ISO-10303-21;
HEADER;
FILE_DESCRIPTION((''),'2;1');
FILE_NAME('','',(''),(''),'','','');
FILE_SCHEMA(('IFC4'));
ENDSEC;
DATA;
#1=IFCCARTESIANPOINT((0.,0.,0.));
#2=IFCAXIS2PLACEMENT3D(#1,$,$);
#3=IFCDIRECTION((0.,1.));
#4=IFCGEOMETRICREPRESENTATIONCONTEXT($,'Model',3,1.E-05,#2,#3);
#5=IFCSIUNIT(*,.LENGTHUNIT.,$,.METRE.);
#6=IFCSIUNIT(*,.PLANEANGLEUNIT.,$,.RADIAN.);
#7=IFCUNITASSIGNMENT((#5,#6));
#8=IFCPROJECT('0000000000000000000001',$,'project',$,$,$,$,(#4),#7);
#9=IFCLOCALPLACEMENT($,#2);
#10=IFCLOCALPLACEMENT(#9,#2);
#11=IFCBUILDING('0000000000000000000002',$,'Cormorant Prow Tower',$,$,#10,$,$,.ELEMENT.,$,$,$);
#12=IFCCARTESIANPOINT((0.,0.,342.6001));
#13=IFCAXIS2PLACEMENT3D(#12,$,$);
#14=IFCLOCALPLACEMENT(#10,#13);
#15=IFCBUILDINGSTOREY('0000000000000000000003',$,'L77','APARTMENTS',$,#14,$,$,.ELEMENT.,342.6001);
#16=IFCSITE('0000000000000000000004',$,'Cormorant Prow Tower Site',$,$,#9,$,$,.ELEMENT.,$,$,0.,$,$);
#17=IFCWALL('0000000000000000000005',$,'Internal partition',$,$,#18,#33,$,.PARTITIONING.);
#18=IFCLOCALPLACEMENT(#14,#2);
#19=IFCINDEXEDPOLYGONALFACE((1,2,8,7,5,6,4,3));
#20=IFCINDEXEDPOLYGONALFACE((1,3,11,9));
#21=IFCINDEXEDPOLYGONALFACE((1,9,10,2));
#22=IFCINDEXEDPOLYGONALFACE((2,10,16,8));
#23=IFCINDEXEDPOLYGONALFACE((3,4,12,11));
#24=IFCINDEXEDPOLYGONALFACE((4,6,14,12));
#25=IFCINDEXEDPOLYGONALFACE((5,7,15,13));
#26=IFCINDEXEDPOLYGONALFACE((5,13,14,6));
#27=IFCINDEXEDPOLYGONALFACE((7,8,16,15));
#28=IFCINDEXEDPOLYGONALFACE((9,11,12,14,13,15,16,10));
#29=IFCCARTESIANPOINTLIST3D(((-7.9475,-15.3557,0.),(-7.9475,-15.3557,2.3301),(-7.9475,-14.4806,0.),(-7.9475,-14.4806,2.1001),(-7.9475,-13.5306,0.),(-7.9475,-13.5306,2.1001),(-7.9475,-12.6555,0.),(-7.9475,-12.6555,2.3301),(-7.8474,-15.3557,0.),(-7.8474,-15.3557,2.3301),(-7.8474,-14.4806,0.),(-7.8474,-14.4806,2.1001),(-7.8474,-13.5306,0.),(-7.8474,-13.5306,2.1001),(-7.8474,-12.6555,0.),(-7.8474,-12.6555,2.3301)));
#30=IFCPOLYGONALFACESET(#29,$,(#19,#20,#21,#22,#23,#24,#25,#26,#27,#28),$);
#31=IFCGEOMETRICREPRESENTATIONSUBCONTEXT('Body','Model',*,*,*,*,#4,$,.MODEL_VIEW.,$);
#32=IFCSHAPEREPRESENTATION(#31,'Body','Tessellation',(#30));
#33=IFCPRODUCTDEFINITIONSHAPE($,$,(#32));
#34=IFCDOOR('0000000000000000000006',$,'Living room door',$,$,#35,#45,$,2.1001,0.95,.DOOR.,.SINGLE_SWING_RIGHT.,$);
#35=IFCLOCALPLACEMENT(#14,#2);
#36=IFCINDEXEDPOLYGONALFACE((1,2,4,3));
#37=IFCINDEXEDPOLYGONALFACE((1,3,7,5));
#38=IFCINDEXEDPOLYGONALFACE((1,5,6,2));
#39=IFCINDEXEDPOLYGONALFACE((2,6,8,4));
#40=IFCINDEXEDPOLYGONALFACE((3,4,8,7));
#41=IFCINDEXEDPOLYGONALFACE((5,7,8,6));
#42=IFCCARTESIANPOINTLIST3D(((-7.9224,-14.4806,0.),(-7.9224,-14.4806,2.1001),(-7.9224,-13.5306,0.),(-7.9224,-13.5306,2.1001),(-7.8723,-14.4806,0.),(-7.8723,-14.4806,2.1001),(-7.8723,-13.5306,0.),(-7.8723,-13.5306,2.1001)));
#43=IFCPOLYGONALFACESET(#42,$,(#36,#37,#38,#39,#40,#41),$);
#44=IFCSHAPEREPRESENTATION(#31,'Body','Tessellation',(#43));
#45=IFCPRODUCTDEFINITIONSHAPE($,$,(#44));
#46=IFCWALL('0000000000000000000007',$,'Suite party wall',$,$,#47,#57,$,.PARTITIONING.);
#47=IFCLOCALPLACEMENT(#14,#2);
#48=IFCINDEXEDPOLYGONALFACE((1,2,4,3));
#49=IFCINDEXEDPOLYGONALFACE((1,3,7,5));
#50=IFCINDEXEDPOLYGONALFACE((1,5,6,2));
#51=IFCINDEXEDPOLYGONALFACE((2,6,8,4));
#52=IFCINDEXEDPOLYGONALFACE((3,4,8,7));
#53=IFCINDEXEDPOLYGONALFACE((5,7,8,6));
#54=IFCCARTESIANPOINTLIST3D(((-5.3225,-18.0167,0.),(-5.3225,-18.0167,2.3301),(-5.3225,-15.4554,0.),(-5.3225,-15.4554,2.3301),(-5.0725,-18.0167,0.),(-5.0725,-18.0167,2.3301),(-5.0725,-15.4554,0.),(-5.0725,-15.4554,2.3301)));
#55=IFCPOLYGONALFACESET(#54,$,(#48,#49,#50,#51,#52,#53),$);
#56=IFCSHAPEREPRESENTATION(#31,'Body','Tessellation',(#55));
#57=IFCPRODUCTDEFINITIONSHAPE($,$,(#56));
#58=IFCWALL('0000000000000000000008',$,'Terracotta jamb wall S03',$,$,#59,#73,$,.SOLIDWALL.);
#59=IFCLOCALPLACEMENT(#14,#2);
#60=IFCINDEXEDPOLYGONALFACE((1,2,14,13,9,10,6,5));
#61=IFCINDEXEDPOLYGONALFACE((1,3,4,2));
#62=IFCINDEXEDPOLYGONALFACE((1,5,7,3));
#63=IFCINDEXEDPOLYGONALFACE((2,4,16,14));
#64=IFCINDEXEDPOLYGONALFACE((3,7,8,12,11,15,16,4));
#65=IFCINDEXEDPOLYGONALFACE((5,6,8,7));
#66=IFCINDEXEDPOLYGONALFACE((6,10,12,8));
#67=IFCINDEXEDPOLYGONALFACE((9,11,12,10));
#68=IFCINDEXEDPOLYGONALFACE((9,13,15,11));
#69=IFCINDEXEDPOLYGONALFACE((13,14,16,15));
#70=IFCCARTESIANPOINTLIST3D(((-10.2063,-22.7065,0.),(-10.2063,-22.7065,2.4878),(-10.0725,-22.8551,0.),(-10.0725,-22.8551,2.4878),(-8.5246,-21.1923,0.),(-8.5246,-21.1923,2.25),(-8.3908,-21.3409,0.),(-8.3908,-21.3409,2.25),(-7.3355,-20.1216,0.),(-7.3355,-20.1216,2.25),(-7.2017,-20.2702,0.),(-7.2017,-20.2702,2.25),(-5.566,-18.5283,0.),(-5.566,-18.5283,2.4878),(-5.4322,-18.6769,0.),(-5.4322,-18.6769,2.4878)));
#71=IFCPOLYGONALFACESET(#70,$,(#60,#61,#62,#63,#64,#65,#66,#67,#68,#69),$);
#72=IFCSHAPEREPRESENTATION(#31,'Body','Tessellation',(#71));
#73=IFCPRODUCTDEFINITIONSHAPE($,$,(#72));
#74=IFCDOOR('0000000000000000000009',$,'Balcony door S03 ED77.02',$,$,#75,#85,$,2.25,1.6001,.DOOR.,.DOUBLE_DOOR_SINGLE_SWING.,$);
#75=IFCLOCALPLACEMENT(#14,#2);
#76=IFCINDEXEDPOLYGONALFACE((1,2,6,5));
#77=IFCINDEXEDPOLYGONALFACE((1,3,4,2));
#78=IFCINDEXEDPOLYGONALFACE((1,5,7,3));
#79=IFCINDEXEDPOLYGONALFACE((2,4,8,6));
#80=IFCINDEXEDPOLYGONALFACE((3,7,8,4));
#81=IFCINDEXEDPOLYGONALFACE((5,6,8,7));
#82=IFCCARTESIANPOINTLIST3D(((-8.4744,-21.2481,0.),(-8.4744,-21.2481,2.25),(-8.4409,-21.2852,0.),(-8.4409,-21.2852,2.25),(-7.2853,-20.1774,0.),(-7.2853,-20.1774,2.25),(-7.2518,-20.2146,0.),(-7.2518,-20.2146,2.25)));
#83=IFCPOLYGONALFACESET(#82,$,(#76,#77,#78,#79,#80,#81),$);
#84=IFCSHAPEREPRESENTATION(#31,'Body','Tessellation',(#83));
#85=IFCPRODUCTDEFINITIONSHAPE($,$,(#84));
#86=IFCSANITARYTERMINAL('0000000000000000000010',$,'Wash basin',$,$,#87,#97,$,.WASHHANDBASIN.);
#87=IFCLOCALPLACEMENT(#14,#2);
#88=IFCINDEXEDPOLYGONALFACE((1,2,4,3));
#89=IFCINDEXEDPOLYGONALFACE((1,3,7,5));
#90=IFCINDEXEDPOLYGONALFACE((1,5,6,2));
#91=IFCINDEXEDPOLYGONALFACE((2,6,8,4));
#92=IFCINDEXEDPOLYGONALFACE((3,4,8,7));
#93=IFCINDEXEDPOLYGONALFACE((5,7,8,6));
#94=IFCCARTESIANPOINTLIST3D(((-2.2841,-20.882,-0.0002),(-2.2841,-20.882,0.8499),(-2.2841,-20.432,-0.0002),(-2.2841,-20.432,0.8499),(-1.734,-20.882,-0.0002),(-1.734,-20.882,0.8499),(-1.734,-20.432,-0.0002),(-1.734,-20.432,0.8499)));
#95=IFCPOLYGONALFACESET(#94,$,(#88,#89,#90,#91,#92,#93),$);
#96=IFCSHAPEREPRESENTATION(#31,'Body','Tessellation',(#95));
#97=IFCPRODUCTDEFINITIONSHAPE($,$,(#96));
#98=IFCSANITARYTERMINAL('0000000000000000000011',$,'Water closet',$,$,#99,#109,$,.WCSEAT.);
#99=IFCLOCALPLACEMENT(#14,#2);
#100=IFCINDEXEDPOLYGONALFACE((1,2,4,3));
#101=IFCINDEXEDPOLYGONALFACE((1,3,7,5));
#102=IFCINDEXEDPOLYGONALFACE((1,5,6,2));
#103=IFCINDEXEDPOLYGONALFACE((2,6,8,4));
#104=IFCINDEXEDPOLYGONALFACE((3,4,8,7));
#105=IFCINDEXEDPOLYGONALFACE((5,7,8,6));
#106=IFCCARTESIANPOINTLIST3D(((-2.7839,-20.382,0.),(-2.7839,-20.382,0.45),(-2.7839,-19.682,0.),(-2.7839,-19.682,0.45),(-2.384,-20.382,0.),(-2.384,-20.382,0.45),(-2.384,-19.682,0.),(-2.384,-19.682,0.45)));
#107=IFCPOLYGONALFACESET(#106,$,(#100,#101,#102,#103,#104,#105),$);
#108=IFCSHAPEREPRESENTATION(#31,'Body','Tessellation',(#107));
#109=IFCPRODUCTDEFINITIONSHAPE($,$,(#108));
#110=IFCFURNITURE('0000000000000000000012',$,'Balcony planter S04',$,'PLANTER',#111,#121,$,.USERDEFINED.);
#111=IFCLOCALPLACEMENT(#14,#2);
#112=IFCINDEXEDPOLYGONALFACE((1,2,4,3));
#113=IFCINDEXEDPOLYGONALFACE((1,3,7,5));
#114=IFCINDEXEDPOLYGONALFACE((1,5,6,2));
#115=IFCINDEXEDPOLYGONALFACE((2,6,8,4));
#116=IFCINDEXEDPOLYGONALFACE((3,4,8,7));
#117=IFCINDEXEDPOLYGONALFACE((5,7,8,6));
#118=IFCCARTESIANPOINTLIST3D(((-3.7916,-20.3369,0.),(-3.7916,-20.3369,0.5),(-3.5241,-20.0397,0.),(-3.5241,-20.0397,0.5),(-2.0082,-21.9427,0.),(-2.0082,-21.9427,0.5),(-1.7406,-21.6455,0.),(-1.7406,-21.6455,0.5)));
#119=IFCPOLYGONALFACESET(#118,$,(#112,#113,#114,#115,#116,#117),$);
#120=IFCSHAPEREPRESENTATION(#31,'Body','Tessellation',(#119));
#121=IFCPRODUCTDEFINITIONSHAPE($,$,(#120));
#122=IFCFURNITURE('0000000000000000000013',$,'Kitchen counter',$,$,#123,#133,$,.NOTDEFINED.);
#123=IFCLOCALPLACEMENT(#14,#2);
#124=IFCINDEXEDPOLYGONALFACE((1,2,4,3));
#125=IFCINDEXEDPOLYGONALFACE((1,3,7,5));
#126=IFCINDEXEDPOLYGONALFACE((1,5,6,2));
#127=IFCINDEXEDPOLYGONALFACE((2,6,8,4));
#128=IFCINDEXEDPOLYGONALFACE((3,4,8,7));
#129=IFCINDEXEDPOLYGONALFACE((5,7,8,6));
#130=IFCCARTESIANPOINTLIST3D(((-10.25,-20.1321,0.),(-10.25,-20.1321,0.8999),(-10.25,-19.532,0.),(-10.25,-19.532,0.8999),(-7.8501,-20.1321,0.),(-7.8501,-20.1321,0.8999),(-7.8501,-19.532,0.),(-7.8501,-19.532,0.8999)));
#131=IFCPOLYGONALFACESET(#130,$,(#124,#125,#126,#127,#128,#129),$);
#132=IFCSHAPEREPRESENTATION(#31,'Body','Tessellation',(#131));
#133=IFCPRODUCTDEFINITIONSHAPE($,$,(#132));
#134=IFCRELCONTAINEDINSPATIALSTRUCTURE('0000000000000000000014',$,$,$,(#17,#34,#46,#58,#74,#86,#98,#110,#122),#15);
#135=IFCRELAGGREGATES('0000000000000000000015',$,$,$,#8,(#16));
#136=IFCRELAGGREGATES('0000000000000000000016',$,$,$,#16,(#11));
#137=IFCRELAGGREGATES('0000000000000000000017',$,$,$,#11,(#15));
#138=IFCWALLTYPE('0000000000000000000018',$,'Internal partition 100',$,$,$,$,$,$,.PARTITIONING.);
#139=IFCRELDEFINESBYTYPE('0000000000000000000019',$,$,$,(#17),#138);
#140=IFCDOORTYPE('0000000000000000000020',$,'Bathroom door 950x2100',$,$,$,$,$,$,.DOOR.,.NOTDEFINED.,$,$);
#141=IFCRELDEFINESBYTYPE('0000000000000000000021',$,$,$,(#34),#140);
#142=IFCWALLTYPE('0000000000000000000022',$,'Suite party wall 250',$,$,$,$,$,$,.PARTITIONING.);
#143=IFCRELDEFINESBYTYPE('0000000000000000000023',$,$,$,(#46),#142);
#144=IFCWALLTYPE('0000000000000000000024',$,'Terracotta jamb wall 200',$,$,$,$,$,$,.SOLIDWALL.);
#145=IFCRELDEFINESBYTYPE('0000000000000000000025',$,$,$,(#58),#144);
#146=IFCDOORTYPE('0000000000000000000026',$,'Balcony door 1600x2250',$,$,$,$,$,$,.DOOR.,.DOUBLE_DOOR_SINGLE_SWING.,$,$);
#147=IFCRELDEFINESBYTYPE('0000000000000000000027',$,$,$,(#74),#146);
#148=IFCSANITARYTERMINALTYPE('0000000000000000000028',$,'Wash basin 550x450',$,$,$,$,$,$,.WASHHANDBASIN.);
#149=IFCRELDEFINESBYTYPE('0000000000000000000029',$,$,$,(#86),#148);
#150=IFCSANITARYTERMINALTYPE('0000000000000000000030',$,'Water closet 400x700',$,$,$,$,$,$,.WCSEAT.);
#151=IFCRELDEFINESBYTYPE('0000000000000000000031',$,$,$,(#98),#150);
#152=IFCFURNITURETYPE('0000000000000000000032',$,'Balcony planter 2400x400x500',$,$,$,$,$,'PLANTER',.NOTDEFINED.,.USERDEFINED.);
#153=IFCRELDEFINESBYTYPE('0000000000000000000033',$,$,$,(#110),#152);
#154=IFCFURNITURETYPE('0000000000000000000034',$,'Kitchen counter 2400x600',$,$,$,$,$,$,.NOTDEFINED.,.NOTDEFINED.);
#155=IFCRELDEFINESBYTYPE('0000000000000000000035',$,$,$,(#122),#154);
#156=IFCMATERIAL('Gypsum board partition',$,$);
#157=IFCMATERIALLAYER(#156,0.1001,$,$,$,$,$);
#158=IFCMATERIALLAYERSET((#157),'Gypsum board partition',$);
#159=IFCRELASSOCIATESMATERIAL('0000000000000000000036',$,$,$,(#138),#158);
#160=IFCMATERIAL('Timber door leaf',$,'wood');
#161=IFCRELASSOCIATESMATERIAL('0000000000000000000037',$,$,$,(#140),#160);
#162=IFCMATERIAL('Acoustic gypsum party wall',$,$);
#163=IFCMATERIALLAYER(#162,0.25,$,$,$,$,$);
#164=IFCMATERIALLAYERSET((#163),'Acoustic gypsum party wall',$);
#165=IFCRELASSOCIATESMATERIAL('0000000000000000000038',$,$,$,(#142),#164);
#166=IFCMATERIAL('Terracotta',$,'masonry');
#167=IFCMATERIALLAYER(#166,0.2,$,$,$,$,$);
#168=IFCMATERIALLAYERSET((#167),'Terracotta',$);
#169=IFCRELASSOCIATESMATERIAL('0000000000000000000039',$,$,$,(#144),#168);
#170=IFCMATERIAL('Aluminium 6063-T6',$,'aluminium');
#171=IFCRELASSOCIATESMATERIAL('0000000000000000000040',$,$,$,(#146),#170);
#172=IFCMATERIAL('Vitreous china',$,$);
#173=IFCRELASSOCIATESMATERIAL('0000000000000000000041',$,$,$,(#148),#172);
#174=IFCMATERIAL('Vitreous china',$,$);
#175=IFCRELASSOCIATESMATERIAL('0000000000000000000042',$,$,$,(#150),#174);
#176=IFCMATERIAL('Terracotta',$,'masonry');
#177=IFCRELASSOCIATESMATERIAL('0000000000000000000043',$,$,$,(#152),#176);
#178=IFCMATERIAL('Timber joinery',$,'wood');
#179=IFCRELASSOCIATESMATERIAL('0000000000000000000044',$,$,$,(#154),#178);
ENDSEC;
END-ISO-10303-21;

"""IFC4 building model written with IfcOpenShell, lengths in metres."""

from ifc_helpers import new_model, si_unit, direction, frame, frame_2d, origin, origin_2d, place, context, subcontext, project, spatial, rectangle, extrude, material, layer, layer_set, type_object, element, fill, save


model = new_model("IFC4")

# Units and contexts
model_context = context("Model", 3, precision=1e-05, world=origin(), true_north=direction((0.0, 1.0)))
body_context = subcontext(model_context, "Body", "Model", "MODEL_VIEW")
ifc_project = project(units=[si_unit("LENGTHUNIT", "METRE"), si_unit("PLANEANGLEUNIT", "RADIAN")], contexts=[model_context])

# Site, building, storey
site_placement = place(None, origin())
site = spatial("IfcSite", under=ifc_project, at=site_placement, Name="Cormorant Prow Tower Site", CompositionType="ELEMENT", RefElevation=0.0)
building_placement = place(site_placement, origin())
building = spatial("IfcBuilding", under=site, at=building_placement, Name="Cormorant Prow Tower", CompositionType="ELEMENT")
storey_placement = place(building_placement, frame((0.0, 0.0, 342.6001)))
storey = spatial("IfcBuildingStorey", under=building, at=storey_placement, Name="L77", Description="APARTMENTS", CompositionType="ELEMENT", Elevation=342.6001)

# Shared definitions
ifc_material_1 = material(Name="Gypsum board partition")
ifc_layer_1 = layer(ifc_material_1, 0.1001)
ifc_layer_set_1 = layer_set([ifc_layer_1], Name="Gypsum board partition")
wall_type_1 = type_object("IfcWallType", Name="Internal partition 100", PredefinedType="PARTITIONING", material=ifc_layer_set_1)
ifc_material_2 = material(Name="Timber door leaf", Category="wood")
door_type_1 = type_object("IfcDoorType", Name="Bathroom door 950x2100", OperationType="NOTDEFINED", PredefinedType="DOOR", material=ifc_material_2)

# Wall, opening, door
wall_1_placement = place(storey_placement, frame((-7.8975, -15.3557, 0.0), z_axis=(0.0, 0.0, 1.0), x_axis=(0.0, 1.0, 0.0)))
wall_1 = element("IfcWall", 1, at=wall_1_placement, inside=storey, type_object=wall_type_1, Name="Internal partition", PredefinedType="PARTITIONING", context=body_context, shape_type="SweptSolid", body=[
    extrude(rectangle(XDim=2.7002, YDim=0.1001, at=frame_2d((1.3501, 0.0))), origin(), (0.0, 0.0, 1.0), 2.3301),
])
opening_1_placement = place(wall_1_placement, frame((0.875, 0.0, 0.0)))
opening_1 = element("IfcOpeningElement", 2, at=opening_1_placement, cuts=wall_1, PredefinedType="OPENING", context=body_context, shape_type="SweptSolid", body=[
    extrude(rectangle(XDim=0.95, YDim=2.1001, at=frame_2d((0.4751, 1.05))), frame((0.0, 0.0601, 0.0), z_axis=(0.0, -1.0, 0.0), x_axis=(1.0, 0.0, 0.0)), (0.0, 0.0, 1.0), 0.1201),
])
door_1_placement = place(opening_1_placement, origin())
door_1 = element("IfcDoor", 3, at=door_1_placement, inside=storey, type_object=door_type_1, Name="Living room door", OperationType="SINGLE_SWING_RIGHT", OverallHeight=2.1001, OverallWidth=0.95, PredefinedType="DOOR", context=body_context, shape_type="SweptSolid", body=[
    extrude(rectangle(XDim=0.95, YDim=2.1001, at=frame_2d((0.4751, 1.05))), frame((0.0, 0.0249, 0.0), z_axis=(0.0, -1.0, 0.0), x_axis=(1.0, 0.0, 0.0)), (0.0, 0.0, 1.0), 0.05),
])
fill(opening_1, door_1)

# Wall
ifc_material_3 = material(Name="Acoustic gypsum party wall")
ifc_layer_2 = layer(ifc_material_3, 0.25)
ifc_layer_set_2 = layer_set([ifc_layer_2], Name="Acoustic gypsum party wall")
wall_type_2 = type_object("IfcWallType", Name="Suite party wall 250", PredefinedType="PARTITIONING", material=ifc_layer_set_2)
wall_2_placement = place(storey_placement, frame((-5.1975, -18.0168, 0.0), z_axis=(0.0, 0.0, 1.0), x_axis=(0.0, 1.0, 0.0)))
element("IfcWall", 4, at=wall_2_placement, inside=storey, type_object=wall_type_2, Name="Suite party wall", PredefinedType="PARTITIONING", context=body_context, shape_type="SweptSolid", body=[
    extrude(rectangle(XDim=2.5613, YDim=0.25, at=frame_2d((1.2808, 0.0))), origin(), (0.0, 0.0, 1.0), 2.3301),
])

# Wall, opening, door
ifc_material_4 = material(Name="Terracotta", Category="masonry")
ifc_layer_3 = layer(ifc_material_4, 0.2)
ifc_layer_set_3 = layer_set([ifc_layer_3], Name="Terracotta")
wall_type_3 = type_object("IfcWallType", Name="Terracotta jamb wall 200", PredefinedType="SOLIDWALL", material=ifc_layer_set_3)
wall_3_placement = place(storey_placement, frame((-10.1394, -22.7808, 0.0), z_axis=(0.0, 0.0, 1.0), x_axis=(0.743144, 0.669131, 0.0)))
wall_3 = element("IfcWall", 5, at=wall_3_placement, inside=storey, type_object=wall_type_3, Name="Terracotta jamb wall S03", PredefinedType="SOLIDWALL", context=body_context, shape_type="SweptSolid", body=[
    extrude(rectangle(XDim=6.2441, YDim=0.2, at=frame_2d((3.1221, 0.0))), origin(), (0.0, 0.0, 1.0), 2.4878),
])
opening_2_placement = place(wall_3_placement, frame((2.2629, 0.0, 0.0)))
opening_2 = element("IfcOpeningElement", 6, at=opening_2_placement, cuts=wall_3, PredefinedType="OPENING", context=body_context, shape_type="SweptSolid", body=[
    extrude(rectangle(XDim=1.6001, YDim=2.25, at=frame_2d((0.8, 1.125))), frame((0.0, 0.1099, 0.0), z_axis=(0.0, -1.0, 0.0), x_axis=(1.0, 0.0, 0.0)), (0.0, 0.0, 1.0), 0.22),
])
ifc_material_5 = material(Name="Aluminium 6063-T6", Category="aluminium")
door_type_2 = type_object("IfcDoorType", Name="Balcony door 1600x2250", OperationType="DOUBLE_DOOR_SINGLE_SWING", PredefinedType="DOOR", material=ifc_material_5)
door_2_placement = place(opening_2_placement, origin())
door_2 = element("IfcDoor", 7, at=door_2_placement, inside=storey, type_object=door_type_2, Name="Balcony door S03 ED77.02", OperationType="DOUBLE_DOOR_SINGLE_SWING", OverallHeight=2.25, OverallWidth=1.6001, PredefinedType="DOOR", context=body_context, shape_type="SweptSolid", body=[
    extrude(rectangle(XDim=1.6001, YDim=2.25, at=frame_2d((0.8, 1.125))), frame((0.0, 0.0249, 0.0), z_axis=(0.0, -1.0, 0.0), x_axis=(1.0, 0.0, 0.0)), (0.0, 0.0, 1.0), 0.05),
])
fill(opening_2, door_2)

# Sanitary terminals
ifc_material_6 = material(Name="Vitreous china")
sanitary_terminal_type_1 = type_object("IfcSanitaryTerminalType", Name="Wash basin 550x450", PredefinedType="WASHHANDBASIN", material=ifc_material_6)
sanitary_terminal_1_placement = place(storey_placement, frame((-2.009, -20.657, -0.0002), z_axis=(0.0, 0.0, 1.0), x_axis=(1.0, 0.0, 0.0)))
element("IfcSanitaryTerminal", 8, at=sanitary_terminal_1_placement, inside=storey, type_object=sanitary_terminal_type_1, Name="Wash basin", PredefinedType="WASHHANDBASIN", context=body_context, shape_type="SweptSolid", body=[
    extrude(rectangle(XDim=0.55, YDim=0.45, at=origin_2d()), origin(), (0.0, 0.0, 1.0), 0.8501),
])
ifc_material_7 = material(Name="Vitreous china")
sanitary_terminal_type_2 = type_object("IfcSanitaryTerminalType", Name="Water closet 400x700", PredefinedType="WCSEAT", material=ifc_material_7)
sanitary_terminal_2_placement = place(storey_placement, frame((-2.584, -20.032, 0.0), z_axis=(0.0, 0.0, 1.0), x_axis=(1.0, 0.0, 0.0)))
element("IfcSanitaryTerminal", 9, at=sanitary_terminal_2_placement, inside=storey, type_object=sanitary_terminal_type_2, Name="Water closet", PredefinedType="WCSEAT", context=body_context, shape_type="SweptSolid", body=[
    extrude(rectangle(XDim=0.3999, YDim=0.7, at=origin_2d()), origin(), (0.0, 0.0, 1.0), 0.45),
])

# Furniture
ifc_material_8 = material(Name="Terracotta", Category="masonry")
furniture_type_1 = type_object("IfcFurnitureType", Name="Balcony planter 2400x400x500", ElementType="PLANTER", AssemblyPlace="NOTDEFINED", PredefinedType="USERDEFINED", material=ifc_material_8)
furniture_1_placement = place(storey_placement, frame((-2.7661, -20.9912, 0.0), z_axis=(0.0, 0.0, 1.0), x_axis=(0.743145, -0.669131, 0.0)))
element("IfcFurniture", 10, at=furniture_1_placement, inside=storey, type_object=furniture_type_1, Name="Balcony planter S04", ObjectType="PLANTER", PredefinedType="USERDEFINED", context=body_context, shape_type="SweptSolid", body=[
    extrude(rectangle(XDim=2.3999, YDim=0.3999, at=origin_2d()), origin(), (0.0, 0.0, 1.0), 0.5),
])
ifc_material_9 = material(Name="Timber joinery", Category="wood")
furniture_type_2 = type_object("IfcFurnitureType", Name="Kitchen counter 2400x600", AssemblyPlace="NOTDEFINED", PredefinedType="NOTDEFINED", material=ifc_material_9)
furniture_2_placement = place(storey_placement, frame((-9.05, -19.832, 0.0), z_axis=(0.0, 0.0, 1.0), x_axis=(1.0, 0.0, 0.0)))
element("IfcFurniture", 11, at=furniture_2_placement, inside=storey, type_object=furniture_type_2, Name="Kitchen counter", PredefinedType="NOTDEFINED", context=body_context, shape_type="SweptSolid", body=[
    extrude(rectangle(XDim=2.3999, YDim=0.6001, at=origin_2d()), origin(), (0.0, 0.0, 1.0), 0.8999),
])

save(model, "model.ifc")
